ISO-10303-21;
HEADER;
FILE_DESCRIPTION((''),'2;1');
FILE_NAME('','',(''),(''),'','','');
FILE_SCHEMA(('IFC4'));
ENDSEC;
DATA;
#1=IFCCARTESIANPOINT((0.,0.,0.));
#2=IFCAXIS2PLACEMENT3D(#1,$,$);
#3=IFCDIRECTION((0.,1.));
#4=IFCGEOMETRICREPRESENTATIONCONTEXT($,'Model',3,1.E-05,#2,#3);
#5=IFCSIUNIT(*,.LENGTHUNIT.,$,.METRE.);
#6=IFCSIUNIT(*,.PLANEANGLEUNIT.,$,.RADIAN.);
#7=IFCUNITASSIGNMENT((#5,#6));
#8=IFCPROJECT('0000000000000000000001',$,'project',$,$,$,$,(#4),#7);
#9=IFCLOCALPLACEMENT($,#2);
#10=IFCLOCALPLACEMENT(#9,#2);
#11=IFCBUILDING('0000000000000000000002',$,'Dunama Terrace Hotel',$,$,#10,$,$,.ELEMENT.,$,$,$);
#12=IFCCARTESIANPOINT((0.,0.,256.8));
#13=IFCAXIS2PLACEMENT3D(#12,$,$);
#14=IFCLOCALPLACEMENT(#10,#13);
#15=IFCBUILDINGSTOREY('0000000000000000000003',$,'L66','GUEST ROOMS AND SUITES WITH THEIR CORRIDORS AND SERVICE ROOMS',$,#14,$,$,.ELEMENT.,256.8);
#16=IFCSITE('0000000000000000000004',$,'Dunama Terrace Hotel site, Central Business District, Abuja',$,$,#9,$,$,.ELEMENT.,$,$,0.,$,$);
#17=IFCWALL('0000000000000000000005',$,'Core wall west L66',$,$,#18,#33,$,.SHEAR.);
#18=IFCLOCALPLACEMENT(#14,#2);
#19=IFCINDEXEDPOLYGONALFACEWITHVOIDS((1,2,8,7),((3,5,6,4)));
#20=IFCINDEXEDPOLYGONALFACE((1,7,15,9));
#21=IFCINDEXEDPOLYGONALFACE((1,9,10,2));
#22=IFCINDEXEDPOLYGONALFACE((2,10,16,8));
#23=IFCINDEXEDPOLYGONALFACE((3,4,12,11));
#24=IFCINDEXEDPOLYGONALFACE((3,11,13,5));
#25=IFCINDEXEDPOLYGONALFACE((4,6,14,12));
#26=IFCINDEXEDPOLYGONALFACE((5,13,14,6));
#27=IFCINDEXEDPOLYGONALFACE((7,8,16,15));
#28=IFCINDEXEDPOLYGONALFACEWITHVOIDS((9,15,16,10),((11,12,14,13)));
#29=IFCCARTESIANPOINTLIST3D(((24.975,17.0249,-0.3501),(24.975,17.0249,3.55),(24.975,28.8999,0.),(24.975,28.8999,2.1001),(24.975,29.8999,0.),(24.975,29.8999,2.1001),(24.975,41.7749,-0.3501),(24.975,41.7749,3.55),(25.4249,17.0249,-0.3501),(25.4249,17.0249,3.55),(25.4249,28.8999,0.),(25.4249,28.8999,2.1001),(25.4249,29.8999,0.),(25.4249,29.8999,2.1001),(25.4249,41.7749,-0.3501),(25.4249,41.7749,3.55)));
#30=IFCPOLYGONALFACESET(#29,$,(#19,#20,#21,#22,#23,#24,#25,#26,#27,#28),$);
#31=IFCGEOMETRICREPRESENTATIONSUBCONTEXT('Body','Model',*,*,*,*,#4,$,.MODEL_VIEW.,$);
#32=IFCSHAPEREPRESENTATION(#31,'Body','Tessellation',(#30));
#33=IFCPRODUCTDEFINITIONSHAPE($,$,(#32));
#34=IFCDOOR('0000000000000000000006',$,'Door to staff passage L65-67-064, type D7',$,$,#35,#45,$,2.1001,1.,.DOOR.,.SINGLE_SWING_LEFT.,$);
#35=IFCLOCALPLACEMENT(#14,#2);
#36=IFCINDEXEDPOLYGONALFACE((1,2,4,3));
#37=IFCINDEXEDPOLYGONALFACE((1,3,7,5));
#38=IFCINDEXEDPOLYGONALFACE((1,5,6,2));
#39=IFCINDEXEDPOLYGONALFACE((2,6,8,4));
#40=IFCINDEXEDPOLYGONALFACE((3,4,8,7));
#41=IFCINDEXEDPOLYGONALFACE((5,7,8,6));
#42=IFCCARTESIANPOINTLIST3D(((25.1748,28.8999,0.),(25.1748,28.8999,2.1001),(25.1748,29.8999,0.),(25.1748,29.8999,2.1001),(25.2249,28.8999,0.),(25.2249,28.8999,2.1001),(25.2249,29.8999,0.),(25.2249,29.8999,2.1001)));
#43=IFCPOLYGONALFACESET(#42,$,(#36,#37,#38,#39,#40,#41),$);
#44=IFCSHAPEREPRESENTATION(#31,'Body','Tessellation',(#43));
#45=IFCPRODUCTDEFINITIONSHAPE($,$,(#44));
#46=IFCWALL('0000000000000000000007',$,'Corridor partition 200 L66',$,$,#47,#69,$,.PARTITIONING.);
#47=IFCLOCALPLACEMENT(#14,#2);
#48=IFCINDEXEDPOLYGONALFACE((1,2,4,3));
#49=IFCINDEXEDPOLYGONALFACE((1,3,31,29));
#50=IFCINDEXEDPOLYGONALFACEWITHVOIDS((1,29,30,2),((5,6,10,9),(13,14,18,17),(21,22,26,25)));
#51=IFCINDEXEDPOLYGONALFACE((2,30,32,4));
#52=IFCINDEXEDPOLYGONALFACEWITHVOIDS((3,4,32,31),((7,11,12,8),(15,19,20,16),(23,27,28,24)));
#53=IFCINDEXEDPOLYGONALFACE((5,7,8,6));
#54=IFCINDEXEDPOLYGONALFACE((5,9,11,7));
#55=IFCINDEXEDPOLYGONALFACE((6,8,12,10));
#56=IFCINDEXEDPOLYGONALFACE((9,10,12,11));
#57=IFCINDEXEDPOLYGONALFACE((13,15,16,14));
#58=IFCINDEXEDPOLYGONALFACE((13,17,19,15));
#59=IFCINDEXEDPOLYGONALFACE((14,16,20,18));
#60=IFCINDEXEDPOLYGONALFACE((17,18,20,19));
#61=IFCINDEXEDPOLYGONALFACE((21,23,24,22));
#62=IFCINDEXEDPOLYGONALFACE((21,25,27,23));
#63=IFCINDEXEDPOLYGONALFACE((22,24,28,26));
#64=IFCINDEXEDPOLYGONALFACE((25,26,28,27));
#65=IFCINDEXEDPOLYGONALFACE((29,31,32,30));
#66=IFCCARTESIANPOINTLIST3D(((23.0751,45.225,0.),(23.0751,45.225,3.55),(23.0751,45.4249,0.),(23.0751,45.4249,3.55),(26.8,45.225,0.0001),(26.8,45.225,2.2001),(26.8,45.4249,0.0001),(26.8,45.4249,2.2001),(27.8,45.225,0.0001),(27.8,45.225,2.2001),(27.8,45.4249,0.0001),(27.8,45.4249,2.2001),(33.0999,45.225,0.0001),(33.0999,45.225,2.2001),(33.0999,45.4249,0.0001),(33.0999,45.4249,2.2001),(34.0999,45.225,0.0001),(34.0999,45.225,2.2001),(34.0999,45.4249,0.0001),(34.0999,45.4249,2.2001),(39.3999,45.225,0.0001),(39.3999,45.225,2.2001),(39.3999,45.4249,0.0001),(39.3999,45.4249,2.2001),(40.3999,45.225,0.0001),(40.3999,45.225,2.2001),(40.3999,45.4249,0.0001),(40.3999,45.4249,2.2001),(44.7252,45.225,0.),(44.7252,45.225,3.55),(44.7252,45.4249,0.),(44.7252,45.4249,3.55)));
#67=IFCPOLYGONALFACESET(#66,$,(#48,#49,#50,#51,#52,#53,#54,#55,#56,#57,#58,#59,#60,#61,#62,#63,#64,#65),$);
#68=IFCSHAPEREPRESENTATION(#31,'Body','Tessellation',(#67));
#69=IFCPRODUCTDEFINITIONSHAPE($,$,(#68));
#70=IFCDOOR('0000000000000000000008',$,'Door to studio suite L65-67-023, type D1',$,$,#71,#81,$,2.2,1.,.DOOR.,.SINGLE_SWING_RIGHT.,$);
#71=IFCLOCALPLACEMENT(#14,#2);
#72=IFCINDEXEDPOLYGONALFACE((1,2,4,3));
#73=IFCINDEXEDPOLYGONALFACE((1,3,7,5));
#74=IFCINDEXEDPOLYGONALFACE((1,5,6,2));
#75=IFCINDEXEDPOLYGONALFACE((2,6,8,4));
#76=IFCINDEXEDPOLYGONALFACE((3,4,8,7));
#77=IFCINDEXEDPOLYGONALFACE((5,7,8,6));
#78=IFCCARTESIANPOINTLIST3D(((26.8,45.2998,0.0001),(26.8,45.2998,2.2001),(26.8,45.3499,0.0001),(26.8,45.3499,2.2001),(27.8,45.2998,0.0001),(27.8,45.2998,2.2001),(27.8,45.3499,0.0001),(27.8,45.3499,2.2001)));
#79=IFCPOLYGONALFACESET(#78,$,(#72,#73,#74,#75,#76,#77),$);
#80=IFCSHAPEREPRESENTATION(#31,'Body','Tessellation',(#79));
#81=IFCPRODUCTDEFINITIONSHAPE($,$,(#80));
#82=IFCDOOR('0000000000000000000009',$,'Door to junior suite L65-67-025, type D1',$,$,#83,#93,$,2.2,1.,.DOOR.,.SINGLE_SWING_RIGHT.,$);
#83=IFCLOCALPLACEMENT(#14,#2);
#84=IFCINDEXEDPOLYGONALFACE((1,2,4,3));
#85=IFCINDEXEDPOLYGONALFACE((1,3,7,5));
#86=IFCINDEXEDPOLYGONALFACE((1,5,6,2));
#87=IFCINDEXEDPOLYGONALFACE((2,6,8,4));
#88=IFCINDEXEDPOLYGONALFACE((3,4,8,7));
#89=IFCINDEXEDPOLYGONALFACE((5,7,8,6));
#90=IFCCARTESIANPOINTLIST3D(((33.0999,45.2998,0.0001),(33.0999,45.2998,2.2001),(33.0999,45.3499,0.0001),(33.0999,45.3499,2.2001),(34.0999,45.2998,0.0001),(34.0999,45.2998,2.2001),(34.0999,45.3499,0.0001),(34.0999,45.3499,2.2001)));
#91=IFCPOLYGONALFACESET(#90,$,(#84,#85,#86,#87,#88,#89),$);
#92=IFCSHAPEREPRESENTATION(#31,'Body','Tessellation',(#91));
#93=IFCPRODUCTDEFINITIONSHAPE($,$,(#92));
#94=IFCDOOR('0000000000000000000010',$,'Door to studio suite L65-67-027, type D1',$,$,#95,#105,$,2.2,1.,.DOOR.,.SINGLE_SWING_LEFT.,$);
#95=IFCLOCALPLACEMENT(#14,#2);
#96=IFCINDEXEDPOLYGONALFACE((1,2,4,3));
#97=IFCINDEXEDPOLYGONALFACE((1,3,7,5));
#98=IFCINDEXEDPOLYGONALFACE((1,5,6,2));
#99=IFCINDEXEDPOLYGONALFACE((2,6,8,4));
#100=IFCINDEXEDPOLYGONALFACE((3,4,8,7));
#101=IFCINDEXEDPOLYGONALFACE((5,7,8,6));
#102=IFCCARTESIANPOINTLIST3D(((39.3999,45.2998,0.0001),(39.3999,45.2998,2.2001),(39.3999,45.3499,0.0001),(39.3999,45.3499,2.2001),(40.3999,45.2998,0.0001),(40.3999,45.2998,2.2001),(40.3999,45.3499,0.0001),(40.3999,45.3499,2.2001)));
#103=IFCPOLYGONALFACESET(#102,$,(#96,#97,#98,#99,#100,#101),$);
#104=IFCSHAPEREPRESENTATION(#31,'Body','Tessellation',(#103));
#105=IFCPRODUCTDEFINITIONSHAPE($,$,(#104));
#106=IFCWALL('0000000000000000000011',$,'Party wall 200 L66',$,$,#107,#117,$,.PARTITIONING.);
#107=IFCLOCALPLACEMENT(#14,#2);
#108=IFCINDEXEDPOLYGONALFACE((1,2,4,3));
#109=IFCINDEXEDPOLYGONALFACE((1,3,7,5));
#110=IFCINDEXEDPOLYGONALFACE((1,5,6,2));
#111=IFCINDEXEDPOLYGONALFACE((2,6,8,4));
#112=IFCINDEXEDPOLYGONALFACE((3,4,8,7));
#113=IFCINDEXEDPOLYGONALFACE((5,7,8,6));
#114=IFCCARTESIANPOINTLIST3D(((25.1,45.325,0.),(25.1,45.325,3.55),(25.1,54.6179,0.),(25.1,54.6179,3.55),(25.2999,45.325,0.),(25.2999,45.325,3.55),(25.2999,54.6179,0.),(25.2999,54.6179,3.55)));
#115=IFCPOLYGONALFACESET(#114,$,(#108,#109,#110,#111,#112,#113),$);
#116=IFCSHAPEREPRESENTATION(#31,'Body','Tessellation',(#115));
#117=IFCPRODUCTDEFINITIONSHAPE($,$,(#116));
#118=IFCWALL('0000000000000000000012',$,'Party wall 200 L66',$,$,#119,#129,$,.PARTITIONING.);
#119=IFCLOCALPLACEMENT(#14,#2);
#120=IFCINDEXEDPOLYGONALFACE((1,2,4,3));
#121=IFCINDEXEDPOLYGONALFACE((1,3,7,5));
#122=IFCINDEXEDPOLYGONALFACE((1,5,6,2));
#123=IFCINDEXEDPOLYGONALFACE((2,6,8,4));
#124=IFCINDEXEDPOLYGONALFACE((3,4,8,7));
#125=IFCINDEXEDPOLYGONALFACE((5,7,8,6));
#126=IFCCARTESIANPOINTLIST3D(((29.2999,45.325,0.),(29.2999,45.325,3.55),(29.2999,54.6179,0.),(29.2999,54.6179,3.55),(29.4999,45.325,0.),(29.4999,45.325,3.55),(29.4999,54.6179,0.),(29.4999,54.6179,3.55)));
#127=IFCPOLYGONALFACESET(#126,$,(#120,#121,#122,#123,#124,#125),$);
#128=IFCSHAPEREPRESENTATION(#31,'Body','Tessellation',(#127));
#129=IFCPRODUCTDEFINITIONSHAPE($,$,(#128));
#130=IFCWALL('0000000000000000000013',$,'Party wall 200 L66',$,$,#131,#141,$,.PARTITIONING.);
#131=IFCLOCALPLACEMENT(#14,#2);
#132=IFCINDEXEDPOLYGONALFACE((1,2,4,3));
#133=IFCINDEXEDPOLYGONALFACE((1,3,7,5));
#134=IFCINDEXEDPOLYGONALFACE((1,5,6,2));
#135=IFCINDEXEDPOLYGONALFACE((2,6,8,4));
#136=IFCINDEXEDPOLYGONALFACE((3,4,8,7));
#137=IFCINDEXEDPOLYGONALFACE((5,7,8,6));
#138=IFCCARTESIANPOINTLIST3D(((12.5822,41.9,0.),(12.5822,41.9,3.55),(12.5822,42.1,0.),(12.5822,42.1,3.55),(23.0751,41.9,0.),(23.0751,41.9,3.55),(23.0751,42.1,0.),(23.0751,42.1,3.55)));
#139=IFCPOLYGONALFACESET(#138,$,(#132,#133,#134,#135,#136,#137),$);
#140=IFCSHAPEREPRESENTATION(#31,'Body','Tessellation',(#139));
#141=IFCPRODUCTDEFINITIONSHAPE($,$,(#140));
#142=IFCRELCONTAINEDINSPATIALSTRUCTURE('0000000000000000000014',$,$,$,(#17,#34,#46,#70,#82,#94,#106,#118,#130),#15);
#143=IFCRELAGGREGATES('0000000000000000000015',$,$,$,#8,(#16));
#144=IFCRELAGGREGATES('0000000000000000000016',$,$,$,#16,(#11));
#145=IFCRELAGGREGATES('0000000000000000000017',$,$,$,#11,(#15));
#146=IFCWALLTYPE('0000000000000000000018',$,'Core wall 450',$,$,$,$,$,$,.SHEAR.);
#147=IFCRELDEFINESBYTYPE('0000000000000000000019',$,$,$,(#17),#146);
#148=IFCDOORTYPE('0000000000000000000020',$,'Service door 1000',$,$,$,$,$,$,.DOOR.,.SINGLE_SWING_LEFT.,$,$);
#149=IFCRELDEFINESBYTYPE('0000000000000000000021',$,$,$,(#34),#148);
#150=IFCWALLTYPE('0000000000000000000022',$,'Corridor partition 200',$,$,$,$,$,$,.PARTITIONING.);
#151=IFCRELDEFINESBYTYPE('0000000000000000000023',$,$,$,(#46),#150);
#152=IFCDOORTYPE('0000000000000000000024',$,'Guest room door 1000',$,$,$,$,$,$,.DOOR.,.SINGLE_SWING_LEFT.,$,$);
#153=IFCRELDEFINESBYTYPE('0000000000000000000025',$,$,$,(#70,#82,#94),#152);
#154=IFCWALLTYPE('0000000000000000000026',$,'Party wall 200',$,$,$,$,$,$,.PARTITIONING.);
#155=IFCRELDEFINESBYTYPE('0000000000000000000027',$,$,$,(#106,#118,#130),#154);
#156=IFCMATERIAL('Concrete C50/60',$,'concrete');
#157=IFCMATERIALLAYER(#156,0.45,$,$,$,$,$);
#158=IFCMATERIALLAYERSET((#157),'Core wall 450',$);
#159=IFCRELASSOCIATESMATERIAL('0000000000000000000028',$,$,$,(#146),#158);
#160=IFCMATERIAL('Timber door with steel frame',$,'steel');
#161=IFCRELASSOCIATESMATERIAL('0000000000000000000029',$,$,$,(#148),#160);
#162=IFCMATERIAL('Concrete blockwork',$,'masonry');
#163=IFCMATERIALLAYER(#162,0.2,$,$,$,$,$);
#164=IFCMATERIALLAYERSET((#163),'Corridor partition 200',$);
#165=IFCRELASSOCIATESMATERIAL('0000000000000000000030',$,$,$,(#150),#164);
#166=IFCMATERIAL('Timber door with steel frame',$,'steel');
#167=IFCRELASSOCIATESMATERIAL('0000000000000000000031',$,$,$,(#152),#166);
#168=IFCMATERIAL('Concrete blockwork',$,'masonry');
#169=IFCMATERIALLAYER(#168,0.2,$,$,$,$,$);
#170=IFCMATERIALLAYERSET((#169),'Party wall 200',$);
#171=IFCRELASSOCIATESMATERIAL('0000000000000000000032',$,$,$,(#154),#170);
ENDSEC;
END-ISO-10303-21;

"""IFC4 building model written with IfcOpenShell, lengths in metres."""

from ifc_helpers import new_model, si_unit, direction, frame, frame_2d, origin, place, context, subcontext, project, spatial, rectangle, extrude, material, layer, layer_set, type_object, element, fill, save


model = new_model("IFC4")

# Units and contexts
model_context = context("Model", 3, precision=1e-05, world=origin(), true_north=direction((0.0, 1.0)))
body_context = subcontext(model_context, "Body", "Model", "MODEL_VIEW")
ifc_project = project(units=[si_unit("LENGTHUNIT", "METRE"), si_unit("PLANEANGLEUNIT", "RADIAN")], contexts=[model_context])

# Site, building, storey
site_placement = place(None, origin())
site = spatial("IfcSite", under=ifc_project, at=site_placement, Name="Dunama Terrace Hotel site, Central Business District, Abuja", CompositionType="ELEMENT", RefElevation=0.0)
building_placement = place(site_placement, origin())
building = spatial("IfcBuilding", under=site, at=building_placement, Name="Dunama Terrace Hotel", CompositionType="ELEMENT")
storey_placement = place(building_placement, frame((0.0, 0.0, 256.8)))
storey = spatial("IfcBuildingStorey", under=building, at=storey_placement, Name="L66", Description="GUEST ROOMS AND SUITES WITH THEIR CORRIDORS AND SERVICE ROOMS", CompositionType="ELEMENT", Elevation=256.8)

# Wall, opening, door
ifc_material_1 = material(Name="Concrete C50/60", Category="concrete")
ifc_layer_1 = layer(ifc_material_1, 0.45)
ifc_layer_set_1 = layer_set([ifc_layer_1], Name="Core wall 450")
wall_type_1 = type_object("IfcWallType", Name="Core wall 450", PredefinedType="SHEAR", material=ifc_layer_set_1)
wall_1_placement = place(storey_placement, frame((25.2, 41.7749, -0.3501), z_axis=(0.0, 0.0, 1.0), x_axis=(0.0, -1.0, 0.0)))
wall_1 = element("IfcWall", 1, at=wall_1_placement, inside=storey, type_object=wall_type_1, Name="Core wall west L66", PredefinedType="SHEAR", context=body_context, shape_type="SweptSolid", body=[
    extrude(rectangle(XDim=24.75, YDim=0.45, at=frame_2d((12.375, 0.0))), origin(), (0.0, 0.0, 1.0), 3.9001),
])
opening_1_placement = place(wall_1_placement, frame((11.875, 0.0, 0.3501)))
opening_1 = element("IfcOpeningElement", 2, at=opening_1_placement, cuts=wall_1, PredefinedType="OPENING", context=body_context, shape_type="SweptSolid", body=[
    extrude(rectangle(XDim=1.0, YDim=2.1001, at=frame_2d((0.5, 1.05))), frame((0.0, 0.2349, 0.0), z_axis=(0.0, -1.0, 0.0), x_axis=(1.0, 0.0, 0.0)), (0.0, 0.0, 1.0), 0.47),
])
ifc_material_2 = material(Name="Timber door with steel frame", Category="steel")
door_type_1 = type_object("IfcDoorType", Name="Service door 1000", OperationType="SINGLE_SWING_LEFT", PredefinedType="DOOR", material=ifc_material_2)
door_1_placement = place(opening_1_placement, origin())
door_1 = element("IfcDoor", 3, at=door_1_placement, inside=storey, type_object=door_type_1, Name="Door to staff passage L65-67-064, type D7", OperationType="SINGLE_SWING_LEFT", OverallHeight=2.1001, OverallWidth=1.0, PredefinedType="DOOR", context=body_context, shape_type="SweptSolid", body=[
    extrude(rectangle(XDim=1.0, YDim=2.1001, at=frame_2d((0.5, 1.05))), frame((0.0, 0.0249, 0.0), z_axis=(0.0, -1.0, 0.0), x_axis=(1.0, 0.0, 0.0)), (0.0, 0.0, 1.0), 0.05),
])
fill(opening_1, door_1)

# Wall, openings, doors
ifc_material_3 = material(Name="Concrete blockwork", Category="masonry")
ifc_layer_2 = layer(ifc_material_3, 0.2)
ifc_layer_set_2 = layer_set([ifc_layer_2], Name="Corridor partition 200")
wall_type_2 = type_object("IfcWallType", Name="Corridor partition 200", PredefinedType="PARTITIONING", material=ifc_layer_set_2)
wall_2_placement = place(storey_placement, frame((23.075, 45.325, 0.0), z_axis=(0.0, 0.0, 1.0), x_axis=(1.0, 0.0, 0.0)))
wall_2 = element("IfcWall", 4, at=wall_2_placement, inside=storey, type_object=wall_type_2, Name="Corridor partition 200 L66", PredefinedType="PARTITIONING", context=body_context, shape_type="SweptSolid", body=[
    extrude(rectangle(XDim=21.6501, YDim=0.2, at=frame_2d((10.8252, 0.0))), origin(), (0.0, 0.0, 1.0), 3.55),
])
opening_2_placement = place(wall_2_placement, frame((3.7251, 0.0, 0.0)))
opening_2 = element("IfcOpeningElement", 5, at=opening_2_placement, cuts=wall_2, PredefinedType="OPENING", context=body_context, shape_type="SweptSolid", body=[
    extrude(rectangle(XDim=1.0, YDim=2.2, at=frame_2d((0.5, 1.1001))), frame((0.0, 0.1099, 0.0), z_axis=(0.0, -1.0, 0.0), x_axis=(1.0, 0.0, 0.0)), (0.0, 0.0, 1.0), 0.22),
])
opening_3_placement = place(wall_2_placement, frame((10.0249, 0.0, 0.0)))
opening_3 = element("IfcOpeningElement", 6, at=opening_3_placement, cuts=wall_2, PredefinedType="OPENING", context=body_context, shape_type="SweptSolid", body=[
    extrude(rectangle(XDim=1.0, YDim=2.2, at=frame_2d((0.5, 1.1001))), frame((0.0, 0.1099, 0.0), z_axis=(0.0, -1.0, 0.0), x_axis=(1.0, 0.0, 0.0)), (0.0, 0.0, 1.0), 0.22),
])
opening_4_placement = place(wall_2_placement, frame((16.325, 0.0, 0.0)))
opening_4 = element("IfcOpeningElement", 7, at=opening_4_placement, cuts=wall_2, PredefinedType="OPENING", context=body_context, shape_type="SweptSolid", body=[
    extrude(rectangle(XDim=1.0, YDim=2.2, at=frame_2d((0.5, 1.1001))), frame((0.0, 0.1099, 0.0), z_axis=(0.0, -1.0, 0.0), x_axis=(1.0, 0.0, 0.0)), (0.0, 0.0, 1.0), 0.22),
])
ifc_material_4 = material(Name="Timber door with steel frame", Category="steel")
door_type_2 = type_object("IfcDoorType", Name="Guest room door 1000", OperationType="SINGLE_SWING_LEFT", PredefinedType="DOOR", material=ifc_material_4)
door_2_placement = place(opening_2_placement, origin())
door_2 = element("IfcDoor", 8, at=door_2_placement, inside=storey, type_object=door_type_2, Name="Door to studio suite L65-67-023, type D1", OperationType="SINGLE_SWING_RIGHT", OverallHeight=2.2, OverallWidth=1.0, PredefinedType="DOOR", context=body_context, shape_type="SweptSolid", body=[
    extrude(rectangle(XDim=1.0, YDim=2.2, at=frame_2d((0.5, 1.1001))), frame((0.0, 0.0249, 0.0), z_axis=(0.0, -1.0, 0.0), x_axis=(1.0, 0.0, 0.0)), (0.0, 0.0, 1.0), 0.05),
])
fill(opening_2, door_2)
door_3_placement = place(opening_3_placement, origin())
door_3 = element("IfcDoor", 9, at=door_3_placement, inside=storey, type_object=door_type_2, Name="Door to junior suite L65-67-025, type D1", OperationType="SINGLE_SWING_RIGHT", OverallHeight=2.2, OverallWidth=1.0, PredefinedType="DOOR", context=body_context, shape_type="SweptSolid", body=[
    extrude(rectangle(XDim=1.0, YDim=2.2, at=frame_2d((0.5, 1.1001))), frame((0.0, 0.0249, 0.0), z_axis=(0.0, -1.0, 0.0), x_axis=(1.0, 0.0, 0.0)), (0.0, 0.0, 1.0), 0.05),
])
fill(opening_3, door_3)
door_4_placement = place(opening_4_placement, origin())
door_4 = element("IfcDoor", 10, at=door_4_placement, inside=storey, type_object=door_type_2, Name="Door to studio suite L65-67-027, type D1", OperationType="SINGLE_SWING_LEFT", OverallHeight=2.2, OverallWidth=1.0, PredefinedType="DOOR", context=body_context, shape_type="SweptSolid", body=[
    extrude(rectangle(XDim=1.0, YDim=2.2, at=frame_2d((0.5, 1.1001))), frame((0.0, 0.0249, 0.0), z_axis=(0.0, -1.0, 0.0), x_axis=(1.0, 0.0, 0.0)), (0.0, 0.0, 1.0), 0.05),
])
fill(opening_4, door_4)

# Walls
ifc_material_5 = material(Name="Concrete blockwork", Category="masonry")
ifc_layer_3 = layer(ifc_material_5, 0.2)
ifc_layer_set_3 = layer_set([ifc_layer_3], Name="Party wall 200")
wall_type_3 = type_object("IfcWallType", Name="Party wall 200", PredefinedType="PARTITIONING", material=ifc_layer_set_3)
for number, where, z_axis, x_axis, name in (
    (11, (25.2, 45.325, 0.0), (0.0, 0.0, 1.0), (0.0, 1.0, 0.0), "Party wall 200 L66"),
    (12, (29.3999, 45.325, 0.0), (0.0, 0.0, 1.0), (0.0, 1.0, 0.0), "Party wall 200 L66"),
):
    element("IfcWall", number, at=place(storey_placement, frame(where, z_axis=z_axis, x_axis=x_axis)), inside=storey, type_object=wall_type_3, Name=name, PredefinedType="PARTITIONING", context=body_context, shape_type="SweptSolid", body=[
        extrude(rectangle(XDim=9.293, YDim=0.2, at=frame_2d((4.6465, 0.0))), origin(), (0.0, 0.0, 1.0), 3.55),
    ])
wall_3_placement = place(storey_placement, frame((12.582, 42.0, 0.0), z_axis=(0.0, 0.0, 1.0), x_axis=(1.0, 0.0, 0.0)))
element("IfcWall", 13, at=wall_3_placement, inside=storey, type_object=wall_type_3, Name="Party wall 200 L66", PredefinedType="PARTITIONING", context=body_context, shape_type="SweptSolid", body=[
    extrude(rectangle(XDim=10.4929, YDim=0.2, at=frame_2d((5.2466, 0.0))), origin(), (0.0, 0.0, 1.0), 3.55),
])

save(model, "model.ifc")
